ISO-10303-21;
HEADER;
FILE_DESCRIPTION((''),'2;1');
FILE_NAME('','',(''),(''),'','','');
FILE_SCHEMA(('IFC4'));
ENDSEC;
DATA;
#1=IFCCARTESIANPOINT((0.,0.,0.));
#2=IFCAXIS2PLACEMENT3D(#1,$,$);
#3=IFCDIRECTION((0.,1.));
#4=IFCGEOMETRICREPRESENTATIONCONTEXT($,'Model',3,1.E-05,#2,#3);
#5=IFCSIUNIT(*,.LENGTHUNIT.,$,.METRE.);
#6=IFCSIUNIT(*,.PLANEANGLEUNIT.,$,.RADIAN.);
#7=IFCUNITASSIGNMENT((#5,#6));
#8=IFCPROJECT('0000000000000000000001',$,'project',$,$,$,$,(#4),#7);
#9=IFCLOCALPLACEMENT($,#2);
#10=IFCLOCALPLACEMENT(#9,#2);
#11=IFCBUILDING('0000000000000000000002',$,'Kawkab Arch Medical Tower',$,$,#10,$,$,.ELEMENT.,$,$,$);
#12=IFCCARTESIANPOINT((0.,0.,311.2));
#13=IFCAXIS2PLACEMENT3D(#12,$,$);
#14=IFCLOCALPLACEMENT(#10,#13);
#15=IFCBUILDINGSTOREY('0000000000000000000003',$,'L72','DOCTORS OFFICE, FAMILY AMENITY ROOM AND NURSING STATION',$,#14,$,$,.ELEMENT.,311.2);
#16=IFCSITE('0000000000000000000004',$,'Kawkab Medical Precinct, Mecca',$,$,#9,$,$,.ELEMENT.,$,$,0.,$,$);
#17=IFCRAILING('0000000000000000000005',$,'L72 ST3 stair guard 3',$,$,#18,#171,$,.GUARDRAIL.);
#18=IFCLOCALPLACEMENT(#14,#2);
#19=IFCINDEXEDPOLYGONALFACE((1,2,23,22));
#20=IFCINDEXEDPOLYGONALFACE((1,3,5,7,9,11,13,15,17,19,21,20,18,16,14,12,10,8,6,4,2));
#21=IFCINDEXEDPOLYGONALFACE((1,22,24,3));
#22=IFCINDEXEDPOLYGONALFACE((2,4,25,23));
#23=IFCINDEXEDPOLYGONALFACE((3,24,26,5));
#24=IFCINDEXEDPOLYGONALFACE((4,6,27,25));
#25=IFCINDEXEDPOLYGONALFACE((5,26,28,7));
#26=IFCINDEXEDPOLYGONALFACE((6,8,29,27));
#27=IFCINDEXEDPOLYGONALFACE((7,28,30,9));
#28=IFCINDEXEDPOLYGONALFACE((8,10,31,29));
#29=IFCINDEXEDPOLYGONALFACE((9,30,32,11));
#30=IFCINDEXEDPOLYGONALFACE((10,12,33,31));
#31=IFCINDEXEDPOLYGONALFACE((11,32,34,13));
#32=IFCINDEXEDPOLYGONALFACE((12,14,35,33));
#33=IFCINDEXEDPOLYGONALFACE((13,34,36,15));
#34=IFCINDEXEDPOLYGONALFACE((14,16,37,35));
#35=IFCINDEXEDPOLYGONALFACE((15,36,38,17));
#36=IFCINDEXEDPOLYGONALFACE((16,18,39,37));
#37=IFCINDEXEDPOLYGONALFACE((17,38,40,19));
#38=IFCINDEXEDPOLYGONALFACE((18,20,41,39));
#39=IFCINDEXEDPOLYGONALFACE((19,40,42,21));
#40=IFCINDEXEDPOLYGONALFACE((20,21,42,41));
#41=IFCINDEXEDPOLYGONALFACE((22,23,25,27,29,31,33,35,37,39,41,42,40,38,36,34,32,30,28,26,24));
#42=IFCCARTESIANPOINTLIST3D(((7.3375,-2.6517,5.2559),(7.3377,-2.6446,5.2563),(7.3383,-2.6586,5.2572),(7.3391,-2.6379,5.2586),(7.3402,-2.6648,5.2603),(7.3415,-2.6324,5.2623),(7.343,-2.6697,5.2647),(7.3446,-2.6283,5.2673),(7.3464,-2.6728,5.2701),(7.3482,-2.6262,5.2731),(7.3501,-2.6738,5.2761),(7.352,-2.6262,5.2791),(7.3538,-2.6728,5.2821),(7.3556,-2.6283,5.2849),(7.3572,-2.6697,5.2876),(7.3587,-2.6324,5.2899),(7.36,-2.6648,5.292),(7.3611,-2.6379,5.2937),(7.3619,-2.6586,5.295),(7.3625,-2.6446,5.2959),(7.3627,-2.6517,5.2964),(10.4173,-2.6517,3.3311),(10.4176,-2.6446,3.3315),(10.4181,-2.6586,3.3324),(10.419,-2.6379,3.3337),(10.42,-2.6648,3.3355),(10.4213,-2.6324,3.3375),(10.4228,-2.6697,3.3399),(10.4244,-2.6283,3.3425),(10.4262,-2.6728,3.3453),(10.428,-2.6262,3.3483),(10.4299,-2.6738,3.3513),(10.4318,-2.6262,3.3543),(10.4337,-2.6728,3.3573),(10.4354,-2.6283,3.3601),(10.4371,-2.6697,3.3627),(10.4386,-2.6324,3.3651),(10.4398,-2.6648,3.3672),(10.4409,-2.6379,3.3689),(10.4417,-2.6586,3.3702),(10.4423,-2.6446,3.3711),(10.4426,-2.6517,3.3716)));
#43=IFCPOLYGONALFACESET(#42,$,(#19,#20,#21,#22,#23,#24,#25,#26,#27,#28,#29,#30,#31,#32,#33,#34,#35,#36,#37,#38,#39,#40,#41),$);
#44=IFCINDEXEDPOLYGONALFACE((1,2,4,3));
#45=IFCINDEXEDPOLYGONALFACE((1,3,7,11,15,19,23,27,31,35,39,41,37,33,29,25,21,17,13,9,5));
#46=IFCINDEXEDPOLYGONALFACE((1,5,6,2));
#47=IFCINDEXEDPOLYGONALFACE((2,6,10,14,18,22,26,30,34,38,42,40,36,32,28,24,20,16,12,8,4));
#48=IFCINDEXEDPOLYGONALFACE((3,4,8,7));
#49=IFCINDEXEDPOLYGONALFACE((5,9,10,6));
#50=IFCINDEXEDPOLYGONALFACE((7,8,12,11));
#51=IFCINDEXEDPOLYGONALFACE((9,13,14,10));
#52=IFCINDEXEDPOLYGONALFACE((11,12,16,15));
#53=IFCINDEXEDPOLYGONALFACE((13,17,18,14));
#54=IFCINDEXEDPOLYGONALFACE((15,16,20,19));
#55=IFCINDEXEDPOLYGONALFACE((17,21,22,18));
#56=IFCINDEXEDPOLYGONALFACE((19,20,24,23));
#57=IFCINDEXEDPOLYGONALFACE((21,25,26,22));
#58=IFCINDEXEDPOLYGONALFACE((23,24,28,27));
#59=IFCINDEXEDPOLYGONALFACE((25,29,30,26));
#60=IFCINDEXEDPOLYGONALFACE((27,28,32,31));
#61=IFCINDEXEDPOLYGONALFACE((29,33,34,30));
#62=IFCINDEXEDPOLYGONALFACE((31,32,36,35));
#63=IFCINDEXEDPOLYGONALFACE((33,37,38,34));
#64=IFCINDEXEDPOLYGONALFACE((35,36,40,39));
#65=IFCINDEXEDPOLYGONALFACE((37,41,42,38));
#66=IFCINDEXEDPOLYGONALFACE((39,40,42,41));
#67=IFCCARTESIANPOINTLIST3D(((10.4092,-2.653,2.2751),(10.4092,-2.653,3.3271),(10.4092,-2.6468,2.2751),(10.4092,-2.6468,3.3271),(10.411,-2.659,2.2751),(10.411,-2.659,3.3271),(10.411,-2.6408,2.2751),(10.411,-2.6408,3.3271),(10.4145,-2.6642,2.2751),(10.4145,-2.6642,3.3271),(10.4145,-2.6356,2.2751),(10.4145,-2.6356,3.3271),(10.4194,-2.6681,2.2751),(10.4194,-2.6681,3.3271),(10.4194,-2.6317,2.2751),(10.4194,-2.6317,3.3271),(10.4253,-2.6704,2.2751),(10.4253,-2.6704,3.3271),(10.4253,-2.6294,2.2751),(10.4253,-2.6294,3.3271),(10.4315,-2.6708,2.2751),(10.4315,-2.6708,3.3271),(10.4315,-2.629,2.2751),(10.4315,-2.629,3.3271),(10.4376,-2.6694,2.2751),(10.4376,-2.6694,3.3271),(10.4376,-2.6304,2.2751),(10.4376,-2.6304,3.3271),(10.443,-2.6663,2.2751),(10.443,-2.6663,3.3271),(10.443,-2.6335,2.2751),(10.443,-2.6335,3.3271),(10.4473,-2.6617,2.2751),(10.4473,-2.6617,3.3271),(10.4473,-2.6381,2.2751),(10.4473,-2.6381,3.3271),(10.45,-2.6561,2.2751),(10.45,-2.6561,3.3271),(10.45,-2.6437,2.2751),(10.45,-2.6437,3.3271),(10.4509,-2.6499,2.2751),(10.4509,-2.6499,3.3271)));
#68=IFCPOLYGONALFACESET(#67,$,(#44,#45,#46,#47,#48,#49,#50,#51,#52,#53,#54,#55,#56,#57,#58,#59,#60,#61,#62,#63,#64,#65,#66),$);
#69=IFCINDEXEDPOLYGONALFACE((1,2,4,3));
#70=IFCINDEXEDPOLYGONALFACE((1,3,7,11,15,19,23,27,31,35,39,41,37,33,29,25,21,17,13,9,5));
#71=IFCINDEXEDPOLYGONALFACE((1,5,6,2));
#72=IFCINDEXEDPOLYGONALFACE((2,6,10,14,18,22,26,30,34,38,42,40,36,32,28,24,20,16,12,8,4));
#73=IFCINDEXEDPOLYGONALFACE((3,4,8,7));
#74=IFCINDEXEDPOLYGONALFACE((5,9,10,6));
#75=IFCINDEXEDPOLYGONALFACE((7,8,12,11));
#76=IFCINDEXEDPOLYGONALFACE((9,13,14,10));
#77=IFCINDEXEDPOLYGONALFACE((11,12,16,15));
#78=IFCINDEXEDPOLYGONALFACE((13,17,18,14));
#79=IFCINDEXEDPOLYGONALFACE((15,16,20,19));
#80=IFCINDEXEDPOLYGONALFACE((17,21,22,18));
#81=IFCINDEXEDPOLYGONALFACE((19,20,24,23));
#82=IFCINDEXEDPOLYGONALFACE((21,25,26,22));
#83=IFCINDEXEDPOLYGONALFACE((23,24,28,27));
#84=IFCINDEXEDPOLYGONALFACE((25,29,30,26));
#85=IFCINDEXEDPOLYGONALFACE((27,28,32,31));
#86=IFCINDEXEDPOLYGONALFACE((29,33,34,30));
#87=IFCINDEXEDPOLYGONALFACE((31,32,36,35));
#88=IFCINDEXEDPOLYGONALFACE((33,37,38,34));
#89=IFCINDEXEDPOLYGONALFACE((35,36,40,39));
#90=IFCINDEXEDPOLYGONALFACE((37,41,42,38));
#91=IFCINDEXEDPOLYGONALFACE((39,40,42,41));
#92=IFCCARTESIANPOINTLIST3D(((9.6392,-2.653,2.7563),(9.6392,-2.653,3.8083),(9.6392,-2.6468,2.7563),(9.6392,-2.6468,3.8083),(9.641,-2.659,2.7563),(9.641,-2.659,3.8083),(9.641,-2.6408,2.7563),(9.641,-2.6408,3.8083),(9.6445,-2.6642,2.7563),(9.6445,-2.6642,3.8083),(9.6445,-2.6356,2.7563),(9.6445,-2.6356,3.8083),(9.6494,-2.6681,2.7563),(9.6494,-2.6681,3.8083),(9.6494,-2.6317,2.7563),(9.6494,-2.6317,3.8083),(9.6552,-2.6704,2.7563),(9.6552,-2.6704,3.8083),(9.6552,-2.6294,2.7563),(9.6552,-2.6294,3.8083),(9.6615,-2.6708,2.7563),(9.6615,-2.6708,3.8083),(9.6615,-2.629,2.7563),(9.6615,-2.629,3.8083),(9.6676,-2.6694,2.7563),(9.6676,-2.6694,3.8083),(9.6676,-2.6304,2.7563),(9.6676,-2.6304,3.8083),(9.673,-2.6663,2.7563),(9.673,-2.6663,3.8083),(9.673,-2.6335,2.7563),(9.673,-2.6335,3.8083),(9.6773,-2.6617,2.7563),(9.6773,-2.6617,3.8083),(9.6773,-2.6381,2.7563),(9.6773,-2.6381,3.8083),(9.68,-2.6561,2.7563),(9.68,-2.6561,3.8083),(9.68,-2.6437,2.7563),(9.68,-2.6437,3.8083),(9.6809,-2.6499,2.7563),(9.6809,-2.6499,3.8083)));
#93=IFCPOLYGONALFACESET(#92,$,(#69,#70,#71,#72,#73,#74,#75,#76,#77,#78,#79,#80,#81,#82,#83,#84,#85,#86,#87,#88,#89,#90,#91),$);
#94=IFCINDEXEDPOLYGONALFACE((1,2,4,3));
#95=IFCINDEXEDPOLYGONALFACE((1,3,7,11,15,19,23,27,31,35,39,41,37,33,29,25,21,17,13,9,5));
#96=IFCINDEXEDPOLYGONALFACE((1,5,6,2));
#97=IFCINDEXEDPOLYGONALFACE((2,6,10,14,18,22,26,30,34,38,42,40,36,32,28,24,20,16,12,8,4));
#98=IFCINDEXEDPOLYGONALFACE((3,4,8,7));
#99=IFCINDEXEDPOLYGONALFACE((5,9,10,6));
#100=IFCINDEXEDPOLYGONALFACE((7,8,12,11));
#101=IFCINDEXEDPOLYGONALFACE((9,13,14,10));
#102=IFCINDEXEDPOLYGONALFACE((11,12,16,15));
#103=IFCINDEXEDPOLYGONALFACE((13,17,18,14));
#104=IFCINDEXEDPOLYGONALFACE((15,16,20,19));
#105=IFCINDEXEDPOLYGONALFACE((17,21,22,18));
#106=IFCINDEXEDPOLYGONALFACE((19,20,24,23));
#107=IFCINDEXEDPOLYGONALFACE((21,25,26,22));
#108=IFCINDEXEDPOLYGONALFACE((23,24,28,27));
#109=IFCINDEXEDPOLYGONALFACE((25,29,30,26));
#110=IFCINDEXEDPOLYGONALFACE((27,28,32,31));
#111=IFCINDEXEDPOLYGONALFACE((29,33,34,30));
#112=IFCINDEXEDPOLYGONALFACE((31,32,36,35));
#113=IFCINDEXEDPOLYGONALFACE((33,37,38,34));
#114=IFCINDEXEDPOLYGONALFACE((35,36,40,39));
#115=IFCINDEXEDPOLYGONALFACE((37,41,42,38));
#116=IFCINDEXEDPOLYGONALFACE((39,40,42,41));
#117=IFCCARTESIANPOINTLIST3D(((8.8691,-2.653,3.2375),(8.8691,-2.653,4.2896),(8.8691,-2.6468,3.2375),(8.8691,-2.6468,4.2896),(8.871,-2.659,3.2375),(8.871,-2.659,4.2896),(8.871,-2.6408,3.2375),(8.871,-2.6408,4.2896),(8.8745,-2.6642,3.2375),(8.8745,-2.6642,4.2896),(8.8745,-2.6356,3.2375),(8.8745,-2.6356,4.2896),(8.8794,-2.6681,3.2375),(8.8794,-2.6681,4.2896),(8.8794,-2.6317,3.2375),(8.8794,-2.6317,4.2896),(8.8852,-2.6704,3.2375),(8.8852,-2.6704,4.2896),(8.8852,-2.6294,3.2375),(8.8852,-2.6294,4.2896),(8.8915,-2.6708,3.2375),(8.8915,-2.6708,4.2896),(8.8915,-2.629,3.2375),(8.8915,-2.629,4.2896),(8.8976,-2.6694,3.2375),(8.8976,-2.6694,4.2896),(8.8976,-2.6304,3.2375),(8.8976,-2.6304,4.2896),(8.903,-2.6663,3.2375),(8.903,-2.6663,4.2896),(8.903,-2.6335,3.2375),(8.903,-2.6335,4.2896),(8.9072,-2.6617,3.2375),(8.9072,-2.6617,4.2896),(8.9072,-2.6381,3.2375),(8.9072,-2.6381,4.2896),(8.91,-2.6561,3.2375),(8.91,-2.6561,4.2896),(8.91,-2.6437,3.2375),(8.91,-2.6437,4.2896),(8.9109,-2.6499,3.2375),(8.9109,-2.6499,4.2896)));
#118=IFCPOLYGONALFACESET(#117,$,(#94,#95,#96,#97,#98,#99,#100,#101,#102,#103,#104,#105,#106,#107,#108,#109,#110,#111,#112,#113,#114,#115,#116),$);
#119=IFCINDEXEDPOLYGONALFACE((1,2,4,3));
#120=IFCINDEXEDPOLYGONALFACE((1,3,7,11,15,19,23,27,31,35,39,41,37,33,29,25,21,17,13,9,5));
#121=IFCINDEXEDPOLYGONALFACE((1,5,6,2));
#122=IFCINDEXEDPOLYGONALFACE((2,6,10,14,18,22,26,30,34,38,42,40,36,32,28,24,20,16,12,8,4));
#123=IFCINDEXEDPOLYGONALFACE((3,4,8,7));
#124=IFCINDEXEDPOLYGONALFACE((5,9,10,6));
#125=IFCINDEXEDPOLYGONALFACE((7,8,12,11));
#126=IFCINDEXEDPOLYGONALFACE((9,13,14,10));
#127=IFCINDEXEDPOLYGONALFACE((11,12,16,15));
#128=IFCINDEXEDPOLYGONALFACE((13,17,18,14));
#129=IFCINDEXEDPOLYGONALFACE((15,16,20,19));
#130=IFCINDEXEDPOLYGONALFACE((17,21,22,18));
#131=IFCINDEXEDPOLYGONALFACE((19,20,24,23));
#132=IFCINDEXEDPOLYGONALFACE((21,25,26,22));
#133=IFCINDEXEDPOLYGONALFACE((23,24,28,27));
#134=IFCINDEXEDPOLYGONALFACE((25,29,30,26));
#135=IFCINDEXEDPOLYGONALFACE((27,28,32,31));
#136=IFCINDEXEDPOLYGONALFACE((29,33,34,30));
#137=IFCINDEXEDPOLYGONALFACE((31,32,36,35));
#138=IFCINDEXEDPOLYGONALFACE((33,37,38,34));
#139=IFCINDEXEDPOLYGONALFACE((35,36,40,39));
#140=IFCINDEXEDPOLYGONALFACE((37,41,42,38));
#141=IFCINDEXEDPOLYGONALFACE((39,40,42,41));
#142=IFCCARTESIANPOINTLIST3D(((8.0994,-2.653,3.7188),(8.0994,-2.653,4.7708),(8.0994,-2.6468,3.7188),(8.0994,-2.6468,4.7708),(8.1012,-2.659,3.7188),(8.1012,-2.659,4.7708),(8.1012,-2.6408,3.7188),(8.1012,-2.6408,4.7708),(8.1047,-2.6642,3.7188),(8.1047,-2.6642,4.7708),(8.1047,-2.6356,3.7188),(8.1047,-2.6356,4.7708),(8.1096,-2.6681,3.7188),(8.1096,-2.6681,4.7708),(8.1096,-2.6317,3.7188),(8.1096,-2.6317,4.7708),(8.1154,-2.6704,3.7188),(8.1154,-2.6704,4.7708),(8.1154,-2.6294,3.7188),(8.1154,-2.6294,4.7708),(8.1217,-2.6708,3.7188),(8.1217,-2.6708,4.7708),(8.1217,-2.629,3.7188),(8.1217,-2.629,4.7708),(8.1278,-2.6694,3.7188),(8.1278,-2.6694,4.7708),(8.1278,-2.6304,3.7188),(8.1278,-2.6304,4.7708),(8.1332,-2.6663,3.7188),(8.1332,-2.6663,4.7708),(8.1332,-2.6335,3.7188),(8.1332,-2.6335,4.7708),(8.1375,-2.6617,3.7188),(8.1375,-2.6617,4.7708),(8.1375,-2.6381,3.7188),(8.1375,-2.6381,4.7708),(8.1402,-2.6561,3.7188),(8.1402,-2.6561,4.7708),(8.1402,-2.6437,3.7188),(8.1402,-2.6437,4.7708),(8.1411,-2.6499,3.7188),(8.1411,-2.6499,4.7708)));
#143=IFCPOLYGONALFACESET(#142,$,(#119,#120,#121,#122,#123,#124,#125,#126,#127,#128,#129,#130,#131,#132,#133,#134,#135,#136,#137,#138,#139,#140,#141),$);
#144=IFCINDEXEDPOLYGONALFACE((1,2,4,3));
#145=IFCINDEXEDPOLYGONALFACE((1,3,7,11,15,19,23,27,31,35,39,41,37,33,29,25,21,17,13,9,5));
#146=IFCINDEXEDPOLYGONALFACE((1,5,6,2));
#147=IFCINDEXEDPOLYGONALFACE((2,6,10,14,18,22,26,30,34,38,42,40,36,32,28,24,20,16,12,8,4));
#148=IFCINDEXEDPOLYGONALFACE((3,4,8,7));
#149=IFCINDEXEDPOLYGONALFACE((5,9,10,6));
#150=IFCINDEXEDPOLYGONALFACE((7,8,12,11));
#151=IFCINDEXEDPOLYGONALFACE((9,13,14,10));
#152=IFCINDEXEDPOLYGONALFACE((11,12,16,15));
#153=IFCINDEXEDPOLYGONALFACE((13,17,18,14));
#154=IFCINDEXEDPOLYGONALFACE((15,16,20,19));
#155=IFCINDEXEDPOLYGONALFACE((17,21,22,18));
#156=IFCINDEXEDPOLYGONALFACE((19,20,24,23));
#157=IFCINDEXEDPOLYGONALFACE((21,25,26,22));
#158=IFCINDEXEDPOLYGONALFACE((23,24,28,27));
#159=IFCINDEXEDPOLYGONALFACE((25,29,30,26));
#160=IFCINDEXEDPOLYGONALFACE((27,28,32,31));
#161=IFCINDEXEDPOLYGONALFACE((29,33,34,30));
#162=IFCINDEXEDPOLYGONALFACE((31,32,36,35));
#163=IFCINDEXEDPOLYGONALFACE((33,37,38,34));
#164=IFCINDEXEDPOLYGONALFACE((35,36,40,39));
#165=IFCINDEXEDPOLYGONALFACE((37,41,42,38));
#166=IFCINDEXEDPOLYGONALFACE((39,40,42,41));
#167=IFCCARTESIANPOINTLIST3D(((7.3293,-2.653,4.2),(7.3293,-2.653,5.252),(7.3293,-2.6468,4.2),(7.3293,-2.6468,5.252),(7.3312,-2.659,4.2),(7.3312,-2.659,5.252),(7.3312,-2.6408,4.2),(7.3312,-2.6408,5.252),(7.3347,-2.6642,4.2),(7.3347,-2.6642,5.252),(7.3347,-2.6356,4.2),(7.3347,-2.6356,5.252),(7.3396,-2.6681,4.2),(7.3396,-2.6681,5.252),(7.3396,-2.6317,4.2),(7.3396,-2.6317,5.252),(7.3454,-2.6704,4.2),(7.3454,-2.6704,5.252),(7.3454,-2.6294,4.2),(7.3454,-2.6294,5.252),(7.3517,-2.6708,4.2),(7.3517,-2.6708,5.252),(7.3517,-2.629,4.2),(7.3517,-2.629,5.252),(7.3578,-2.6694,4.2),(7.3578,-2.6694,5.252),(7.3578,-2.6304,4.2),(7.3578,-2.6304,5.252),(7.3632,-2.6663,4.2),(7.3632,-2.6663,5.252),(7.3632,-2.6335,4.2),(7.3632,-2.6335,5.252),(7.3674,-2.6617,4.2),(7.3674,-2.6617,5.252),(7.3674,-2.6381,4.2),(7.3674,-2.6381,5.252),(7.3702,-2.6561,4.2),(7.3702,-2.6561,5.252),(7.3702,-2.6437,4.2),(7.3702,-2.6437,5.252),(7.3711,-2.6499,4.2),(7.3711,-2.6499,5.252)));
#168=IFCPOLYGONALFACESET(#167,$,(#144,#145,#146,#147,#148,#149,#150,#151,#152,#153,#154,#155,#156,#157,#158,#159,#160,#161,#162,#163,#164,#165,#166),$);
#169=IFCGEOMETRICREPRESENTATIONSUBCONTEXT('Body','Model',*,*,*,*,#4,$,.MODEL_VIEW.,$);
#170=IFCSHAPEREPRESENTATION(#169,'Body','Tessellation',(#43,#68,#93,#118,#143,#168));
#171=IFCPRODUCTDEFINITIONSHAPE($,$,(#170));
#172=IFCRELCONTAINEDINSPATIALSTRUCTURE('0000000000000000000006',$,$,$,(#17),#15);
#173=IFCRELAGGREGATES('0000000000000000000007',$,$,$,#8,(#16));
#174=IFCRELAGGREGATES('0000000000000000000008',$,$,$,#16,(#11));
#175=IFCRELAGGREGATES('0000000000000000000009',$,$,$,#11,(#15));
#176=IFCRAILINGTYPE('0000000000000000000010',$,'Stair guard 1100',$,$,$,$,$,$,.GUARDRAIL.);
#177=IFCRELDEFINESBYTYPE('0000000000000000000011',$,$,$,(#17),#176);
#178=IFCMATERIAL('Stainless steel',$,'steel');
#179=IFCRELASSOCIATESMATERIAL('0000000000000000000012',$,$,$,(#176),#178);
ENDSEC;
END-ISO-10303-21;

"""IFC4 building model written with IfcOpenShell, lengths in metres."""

from ifc_helpers import new_model, si_unit, direction, frame, origin, origin_2d, place, context, subcontext, project, spatial, circle, extrude, material, type_object, element, save


model = new_model("IFC4")

# Units and contexts
model_context = context("Model", 3, precision=1e-05, world=origin(), true_north=direction((0.0, 1.0)))
body_context = subcontext(model_context, "Body", "Model", "MODEL_VIEW")
ifc_project = project(units=[si_unit("LENGTHUNIT", "METRE"), si_unit("PLANEANGLEUNIT", "RADIAN")], contexts=[model_context])

# Site, building, storey
site_placement = place(None, origin())
site = spatial("IfcSite", under=ifc_project, at=site_placement, Name="Kawkab Medical Precinct, Mecca", CompositionType="ELEMENT", RefElevation=0.0)
building_placement = place(site_placement, origin())
building = spatial("IfcBuilding", under=site, at=building_placement, Name="Kawkab Arch Medical Tower", CompositionType="ELEMENT")
storey_placement = place(building_placement, frame((0.0, 0.0, 311.2)))
storey = spatial("IfcBuildingStorey", under=building, at=storey_placement, Name="L72", Description="DOCTORS OFFICE, FAMILY AMENITY ROOM AND NURSING STATION", CompositionType="ELEMENT", Elevation=311.2)

# Railing
ifc_material_1 = material(Name="Stainless steel", Category="steel")
railing_type_1 = type_object("IfcRailingType", Name="Stair guard 1100", PredefinedType="GUARDRAIL", material=ifc_material_1)
railing_1_placement = place(storey_placement, frame((10.4299, -2.6499, 2.2751)))
element("IfcRailing", 1, at=railing_1_placement, inside=storey, type_object=railing_type_1, Name="L72 ST3 stair guard 3", PredefinedType="GUARDRAIL", context=body_context, shape_type="SweptSolid", body=[
    extrude(circle(Radius=0.0239, at=origin_2d()), frame((0.0, 0.0, 1.0762), z_axis=(-0.84801, 0.0, 0.529981), x_axis=(0.0, -1.0, 0.0)), (0.0, 0.0, 1.0), 3.6318),
    extrude(circle(Radius=0.021, at=origin_2d()), origin(), (0.0, 0.0, 1.0), 1.052),
    extrude(circle(Radius=0.021, at=origin_2d()), frame((-0.77, 0.0, 0.4812)), (0.0, 0.0, 1.0), 1.052),
    extrude(circle(Radius=0.021, at=origin_2d()), frame((-1.54, 0.0, 0.9624)), (0.0, 0.0, 1.0), 1.052),
    extrude(circle(Radius=0.021, at=origin_2d()), frame((-2.3098, 0.0, 1.4436)), (0.0, 0.0, 1.0), 1.052),
    extrude(circle(Radius=0.021, at=origin_2d()), frame((-3.0798, 0.0, 1.9248)), (0.0, 0.0, 1.0), 1.052),
])

save(model, "model.ifc")
